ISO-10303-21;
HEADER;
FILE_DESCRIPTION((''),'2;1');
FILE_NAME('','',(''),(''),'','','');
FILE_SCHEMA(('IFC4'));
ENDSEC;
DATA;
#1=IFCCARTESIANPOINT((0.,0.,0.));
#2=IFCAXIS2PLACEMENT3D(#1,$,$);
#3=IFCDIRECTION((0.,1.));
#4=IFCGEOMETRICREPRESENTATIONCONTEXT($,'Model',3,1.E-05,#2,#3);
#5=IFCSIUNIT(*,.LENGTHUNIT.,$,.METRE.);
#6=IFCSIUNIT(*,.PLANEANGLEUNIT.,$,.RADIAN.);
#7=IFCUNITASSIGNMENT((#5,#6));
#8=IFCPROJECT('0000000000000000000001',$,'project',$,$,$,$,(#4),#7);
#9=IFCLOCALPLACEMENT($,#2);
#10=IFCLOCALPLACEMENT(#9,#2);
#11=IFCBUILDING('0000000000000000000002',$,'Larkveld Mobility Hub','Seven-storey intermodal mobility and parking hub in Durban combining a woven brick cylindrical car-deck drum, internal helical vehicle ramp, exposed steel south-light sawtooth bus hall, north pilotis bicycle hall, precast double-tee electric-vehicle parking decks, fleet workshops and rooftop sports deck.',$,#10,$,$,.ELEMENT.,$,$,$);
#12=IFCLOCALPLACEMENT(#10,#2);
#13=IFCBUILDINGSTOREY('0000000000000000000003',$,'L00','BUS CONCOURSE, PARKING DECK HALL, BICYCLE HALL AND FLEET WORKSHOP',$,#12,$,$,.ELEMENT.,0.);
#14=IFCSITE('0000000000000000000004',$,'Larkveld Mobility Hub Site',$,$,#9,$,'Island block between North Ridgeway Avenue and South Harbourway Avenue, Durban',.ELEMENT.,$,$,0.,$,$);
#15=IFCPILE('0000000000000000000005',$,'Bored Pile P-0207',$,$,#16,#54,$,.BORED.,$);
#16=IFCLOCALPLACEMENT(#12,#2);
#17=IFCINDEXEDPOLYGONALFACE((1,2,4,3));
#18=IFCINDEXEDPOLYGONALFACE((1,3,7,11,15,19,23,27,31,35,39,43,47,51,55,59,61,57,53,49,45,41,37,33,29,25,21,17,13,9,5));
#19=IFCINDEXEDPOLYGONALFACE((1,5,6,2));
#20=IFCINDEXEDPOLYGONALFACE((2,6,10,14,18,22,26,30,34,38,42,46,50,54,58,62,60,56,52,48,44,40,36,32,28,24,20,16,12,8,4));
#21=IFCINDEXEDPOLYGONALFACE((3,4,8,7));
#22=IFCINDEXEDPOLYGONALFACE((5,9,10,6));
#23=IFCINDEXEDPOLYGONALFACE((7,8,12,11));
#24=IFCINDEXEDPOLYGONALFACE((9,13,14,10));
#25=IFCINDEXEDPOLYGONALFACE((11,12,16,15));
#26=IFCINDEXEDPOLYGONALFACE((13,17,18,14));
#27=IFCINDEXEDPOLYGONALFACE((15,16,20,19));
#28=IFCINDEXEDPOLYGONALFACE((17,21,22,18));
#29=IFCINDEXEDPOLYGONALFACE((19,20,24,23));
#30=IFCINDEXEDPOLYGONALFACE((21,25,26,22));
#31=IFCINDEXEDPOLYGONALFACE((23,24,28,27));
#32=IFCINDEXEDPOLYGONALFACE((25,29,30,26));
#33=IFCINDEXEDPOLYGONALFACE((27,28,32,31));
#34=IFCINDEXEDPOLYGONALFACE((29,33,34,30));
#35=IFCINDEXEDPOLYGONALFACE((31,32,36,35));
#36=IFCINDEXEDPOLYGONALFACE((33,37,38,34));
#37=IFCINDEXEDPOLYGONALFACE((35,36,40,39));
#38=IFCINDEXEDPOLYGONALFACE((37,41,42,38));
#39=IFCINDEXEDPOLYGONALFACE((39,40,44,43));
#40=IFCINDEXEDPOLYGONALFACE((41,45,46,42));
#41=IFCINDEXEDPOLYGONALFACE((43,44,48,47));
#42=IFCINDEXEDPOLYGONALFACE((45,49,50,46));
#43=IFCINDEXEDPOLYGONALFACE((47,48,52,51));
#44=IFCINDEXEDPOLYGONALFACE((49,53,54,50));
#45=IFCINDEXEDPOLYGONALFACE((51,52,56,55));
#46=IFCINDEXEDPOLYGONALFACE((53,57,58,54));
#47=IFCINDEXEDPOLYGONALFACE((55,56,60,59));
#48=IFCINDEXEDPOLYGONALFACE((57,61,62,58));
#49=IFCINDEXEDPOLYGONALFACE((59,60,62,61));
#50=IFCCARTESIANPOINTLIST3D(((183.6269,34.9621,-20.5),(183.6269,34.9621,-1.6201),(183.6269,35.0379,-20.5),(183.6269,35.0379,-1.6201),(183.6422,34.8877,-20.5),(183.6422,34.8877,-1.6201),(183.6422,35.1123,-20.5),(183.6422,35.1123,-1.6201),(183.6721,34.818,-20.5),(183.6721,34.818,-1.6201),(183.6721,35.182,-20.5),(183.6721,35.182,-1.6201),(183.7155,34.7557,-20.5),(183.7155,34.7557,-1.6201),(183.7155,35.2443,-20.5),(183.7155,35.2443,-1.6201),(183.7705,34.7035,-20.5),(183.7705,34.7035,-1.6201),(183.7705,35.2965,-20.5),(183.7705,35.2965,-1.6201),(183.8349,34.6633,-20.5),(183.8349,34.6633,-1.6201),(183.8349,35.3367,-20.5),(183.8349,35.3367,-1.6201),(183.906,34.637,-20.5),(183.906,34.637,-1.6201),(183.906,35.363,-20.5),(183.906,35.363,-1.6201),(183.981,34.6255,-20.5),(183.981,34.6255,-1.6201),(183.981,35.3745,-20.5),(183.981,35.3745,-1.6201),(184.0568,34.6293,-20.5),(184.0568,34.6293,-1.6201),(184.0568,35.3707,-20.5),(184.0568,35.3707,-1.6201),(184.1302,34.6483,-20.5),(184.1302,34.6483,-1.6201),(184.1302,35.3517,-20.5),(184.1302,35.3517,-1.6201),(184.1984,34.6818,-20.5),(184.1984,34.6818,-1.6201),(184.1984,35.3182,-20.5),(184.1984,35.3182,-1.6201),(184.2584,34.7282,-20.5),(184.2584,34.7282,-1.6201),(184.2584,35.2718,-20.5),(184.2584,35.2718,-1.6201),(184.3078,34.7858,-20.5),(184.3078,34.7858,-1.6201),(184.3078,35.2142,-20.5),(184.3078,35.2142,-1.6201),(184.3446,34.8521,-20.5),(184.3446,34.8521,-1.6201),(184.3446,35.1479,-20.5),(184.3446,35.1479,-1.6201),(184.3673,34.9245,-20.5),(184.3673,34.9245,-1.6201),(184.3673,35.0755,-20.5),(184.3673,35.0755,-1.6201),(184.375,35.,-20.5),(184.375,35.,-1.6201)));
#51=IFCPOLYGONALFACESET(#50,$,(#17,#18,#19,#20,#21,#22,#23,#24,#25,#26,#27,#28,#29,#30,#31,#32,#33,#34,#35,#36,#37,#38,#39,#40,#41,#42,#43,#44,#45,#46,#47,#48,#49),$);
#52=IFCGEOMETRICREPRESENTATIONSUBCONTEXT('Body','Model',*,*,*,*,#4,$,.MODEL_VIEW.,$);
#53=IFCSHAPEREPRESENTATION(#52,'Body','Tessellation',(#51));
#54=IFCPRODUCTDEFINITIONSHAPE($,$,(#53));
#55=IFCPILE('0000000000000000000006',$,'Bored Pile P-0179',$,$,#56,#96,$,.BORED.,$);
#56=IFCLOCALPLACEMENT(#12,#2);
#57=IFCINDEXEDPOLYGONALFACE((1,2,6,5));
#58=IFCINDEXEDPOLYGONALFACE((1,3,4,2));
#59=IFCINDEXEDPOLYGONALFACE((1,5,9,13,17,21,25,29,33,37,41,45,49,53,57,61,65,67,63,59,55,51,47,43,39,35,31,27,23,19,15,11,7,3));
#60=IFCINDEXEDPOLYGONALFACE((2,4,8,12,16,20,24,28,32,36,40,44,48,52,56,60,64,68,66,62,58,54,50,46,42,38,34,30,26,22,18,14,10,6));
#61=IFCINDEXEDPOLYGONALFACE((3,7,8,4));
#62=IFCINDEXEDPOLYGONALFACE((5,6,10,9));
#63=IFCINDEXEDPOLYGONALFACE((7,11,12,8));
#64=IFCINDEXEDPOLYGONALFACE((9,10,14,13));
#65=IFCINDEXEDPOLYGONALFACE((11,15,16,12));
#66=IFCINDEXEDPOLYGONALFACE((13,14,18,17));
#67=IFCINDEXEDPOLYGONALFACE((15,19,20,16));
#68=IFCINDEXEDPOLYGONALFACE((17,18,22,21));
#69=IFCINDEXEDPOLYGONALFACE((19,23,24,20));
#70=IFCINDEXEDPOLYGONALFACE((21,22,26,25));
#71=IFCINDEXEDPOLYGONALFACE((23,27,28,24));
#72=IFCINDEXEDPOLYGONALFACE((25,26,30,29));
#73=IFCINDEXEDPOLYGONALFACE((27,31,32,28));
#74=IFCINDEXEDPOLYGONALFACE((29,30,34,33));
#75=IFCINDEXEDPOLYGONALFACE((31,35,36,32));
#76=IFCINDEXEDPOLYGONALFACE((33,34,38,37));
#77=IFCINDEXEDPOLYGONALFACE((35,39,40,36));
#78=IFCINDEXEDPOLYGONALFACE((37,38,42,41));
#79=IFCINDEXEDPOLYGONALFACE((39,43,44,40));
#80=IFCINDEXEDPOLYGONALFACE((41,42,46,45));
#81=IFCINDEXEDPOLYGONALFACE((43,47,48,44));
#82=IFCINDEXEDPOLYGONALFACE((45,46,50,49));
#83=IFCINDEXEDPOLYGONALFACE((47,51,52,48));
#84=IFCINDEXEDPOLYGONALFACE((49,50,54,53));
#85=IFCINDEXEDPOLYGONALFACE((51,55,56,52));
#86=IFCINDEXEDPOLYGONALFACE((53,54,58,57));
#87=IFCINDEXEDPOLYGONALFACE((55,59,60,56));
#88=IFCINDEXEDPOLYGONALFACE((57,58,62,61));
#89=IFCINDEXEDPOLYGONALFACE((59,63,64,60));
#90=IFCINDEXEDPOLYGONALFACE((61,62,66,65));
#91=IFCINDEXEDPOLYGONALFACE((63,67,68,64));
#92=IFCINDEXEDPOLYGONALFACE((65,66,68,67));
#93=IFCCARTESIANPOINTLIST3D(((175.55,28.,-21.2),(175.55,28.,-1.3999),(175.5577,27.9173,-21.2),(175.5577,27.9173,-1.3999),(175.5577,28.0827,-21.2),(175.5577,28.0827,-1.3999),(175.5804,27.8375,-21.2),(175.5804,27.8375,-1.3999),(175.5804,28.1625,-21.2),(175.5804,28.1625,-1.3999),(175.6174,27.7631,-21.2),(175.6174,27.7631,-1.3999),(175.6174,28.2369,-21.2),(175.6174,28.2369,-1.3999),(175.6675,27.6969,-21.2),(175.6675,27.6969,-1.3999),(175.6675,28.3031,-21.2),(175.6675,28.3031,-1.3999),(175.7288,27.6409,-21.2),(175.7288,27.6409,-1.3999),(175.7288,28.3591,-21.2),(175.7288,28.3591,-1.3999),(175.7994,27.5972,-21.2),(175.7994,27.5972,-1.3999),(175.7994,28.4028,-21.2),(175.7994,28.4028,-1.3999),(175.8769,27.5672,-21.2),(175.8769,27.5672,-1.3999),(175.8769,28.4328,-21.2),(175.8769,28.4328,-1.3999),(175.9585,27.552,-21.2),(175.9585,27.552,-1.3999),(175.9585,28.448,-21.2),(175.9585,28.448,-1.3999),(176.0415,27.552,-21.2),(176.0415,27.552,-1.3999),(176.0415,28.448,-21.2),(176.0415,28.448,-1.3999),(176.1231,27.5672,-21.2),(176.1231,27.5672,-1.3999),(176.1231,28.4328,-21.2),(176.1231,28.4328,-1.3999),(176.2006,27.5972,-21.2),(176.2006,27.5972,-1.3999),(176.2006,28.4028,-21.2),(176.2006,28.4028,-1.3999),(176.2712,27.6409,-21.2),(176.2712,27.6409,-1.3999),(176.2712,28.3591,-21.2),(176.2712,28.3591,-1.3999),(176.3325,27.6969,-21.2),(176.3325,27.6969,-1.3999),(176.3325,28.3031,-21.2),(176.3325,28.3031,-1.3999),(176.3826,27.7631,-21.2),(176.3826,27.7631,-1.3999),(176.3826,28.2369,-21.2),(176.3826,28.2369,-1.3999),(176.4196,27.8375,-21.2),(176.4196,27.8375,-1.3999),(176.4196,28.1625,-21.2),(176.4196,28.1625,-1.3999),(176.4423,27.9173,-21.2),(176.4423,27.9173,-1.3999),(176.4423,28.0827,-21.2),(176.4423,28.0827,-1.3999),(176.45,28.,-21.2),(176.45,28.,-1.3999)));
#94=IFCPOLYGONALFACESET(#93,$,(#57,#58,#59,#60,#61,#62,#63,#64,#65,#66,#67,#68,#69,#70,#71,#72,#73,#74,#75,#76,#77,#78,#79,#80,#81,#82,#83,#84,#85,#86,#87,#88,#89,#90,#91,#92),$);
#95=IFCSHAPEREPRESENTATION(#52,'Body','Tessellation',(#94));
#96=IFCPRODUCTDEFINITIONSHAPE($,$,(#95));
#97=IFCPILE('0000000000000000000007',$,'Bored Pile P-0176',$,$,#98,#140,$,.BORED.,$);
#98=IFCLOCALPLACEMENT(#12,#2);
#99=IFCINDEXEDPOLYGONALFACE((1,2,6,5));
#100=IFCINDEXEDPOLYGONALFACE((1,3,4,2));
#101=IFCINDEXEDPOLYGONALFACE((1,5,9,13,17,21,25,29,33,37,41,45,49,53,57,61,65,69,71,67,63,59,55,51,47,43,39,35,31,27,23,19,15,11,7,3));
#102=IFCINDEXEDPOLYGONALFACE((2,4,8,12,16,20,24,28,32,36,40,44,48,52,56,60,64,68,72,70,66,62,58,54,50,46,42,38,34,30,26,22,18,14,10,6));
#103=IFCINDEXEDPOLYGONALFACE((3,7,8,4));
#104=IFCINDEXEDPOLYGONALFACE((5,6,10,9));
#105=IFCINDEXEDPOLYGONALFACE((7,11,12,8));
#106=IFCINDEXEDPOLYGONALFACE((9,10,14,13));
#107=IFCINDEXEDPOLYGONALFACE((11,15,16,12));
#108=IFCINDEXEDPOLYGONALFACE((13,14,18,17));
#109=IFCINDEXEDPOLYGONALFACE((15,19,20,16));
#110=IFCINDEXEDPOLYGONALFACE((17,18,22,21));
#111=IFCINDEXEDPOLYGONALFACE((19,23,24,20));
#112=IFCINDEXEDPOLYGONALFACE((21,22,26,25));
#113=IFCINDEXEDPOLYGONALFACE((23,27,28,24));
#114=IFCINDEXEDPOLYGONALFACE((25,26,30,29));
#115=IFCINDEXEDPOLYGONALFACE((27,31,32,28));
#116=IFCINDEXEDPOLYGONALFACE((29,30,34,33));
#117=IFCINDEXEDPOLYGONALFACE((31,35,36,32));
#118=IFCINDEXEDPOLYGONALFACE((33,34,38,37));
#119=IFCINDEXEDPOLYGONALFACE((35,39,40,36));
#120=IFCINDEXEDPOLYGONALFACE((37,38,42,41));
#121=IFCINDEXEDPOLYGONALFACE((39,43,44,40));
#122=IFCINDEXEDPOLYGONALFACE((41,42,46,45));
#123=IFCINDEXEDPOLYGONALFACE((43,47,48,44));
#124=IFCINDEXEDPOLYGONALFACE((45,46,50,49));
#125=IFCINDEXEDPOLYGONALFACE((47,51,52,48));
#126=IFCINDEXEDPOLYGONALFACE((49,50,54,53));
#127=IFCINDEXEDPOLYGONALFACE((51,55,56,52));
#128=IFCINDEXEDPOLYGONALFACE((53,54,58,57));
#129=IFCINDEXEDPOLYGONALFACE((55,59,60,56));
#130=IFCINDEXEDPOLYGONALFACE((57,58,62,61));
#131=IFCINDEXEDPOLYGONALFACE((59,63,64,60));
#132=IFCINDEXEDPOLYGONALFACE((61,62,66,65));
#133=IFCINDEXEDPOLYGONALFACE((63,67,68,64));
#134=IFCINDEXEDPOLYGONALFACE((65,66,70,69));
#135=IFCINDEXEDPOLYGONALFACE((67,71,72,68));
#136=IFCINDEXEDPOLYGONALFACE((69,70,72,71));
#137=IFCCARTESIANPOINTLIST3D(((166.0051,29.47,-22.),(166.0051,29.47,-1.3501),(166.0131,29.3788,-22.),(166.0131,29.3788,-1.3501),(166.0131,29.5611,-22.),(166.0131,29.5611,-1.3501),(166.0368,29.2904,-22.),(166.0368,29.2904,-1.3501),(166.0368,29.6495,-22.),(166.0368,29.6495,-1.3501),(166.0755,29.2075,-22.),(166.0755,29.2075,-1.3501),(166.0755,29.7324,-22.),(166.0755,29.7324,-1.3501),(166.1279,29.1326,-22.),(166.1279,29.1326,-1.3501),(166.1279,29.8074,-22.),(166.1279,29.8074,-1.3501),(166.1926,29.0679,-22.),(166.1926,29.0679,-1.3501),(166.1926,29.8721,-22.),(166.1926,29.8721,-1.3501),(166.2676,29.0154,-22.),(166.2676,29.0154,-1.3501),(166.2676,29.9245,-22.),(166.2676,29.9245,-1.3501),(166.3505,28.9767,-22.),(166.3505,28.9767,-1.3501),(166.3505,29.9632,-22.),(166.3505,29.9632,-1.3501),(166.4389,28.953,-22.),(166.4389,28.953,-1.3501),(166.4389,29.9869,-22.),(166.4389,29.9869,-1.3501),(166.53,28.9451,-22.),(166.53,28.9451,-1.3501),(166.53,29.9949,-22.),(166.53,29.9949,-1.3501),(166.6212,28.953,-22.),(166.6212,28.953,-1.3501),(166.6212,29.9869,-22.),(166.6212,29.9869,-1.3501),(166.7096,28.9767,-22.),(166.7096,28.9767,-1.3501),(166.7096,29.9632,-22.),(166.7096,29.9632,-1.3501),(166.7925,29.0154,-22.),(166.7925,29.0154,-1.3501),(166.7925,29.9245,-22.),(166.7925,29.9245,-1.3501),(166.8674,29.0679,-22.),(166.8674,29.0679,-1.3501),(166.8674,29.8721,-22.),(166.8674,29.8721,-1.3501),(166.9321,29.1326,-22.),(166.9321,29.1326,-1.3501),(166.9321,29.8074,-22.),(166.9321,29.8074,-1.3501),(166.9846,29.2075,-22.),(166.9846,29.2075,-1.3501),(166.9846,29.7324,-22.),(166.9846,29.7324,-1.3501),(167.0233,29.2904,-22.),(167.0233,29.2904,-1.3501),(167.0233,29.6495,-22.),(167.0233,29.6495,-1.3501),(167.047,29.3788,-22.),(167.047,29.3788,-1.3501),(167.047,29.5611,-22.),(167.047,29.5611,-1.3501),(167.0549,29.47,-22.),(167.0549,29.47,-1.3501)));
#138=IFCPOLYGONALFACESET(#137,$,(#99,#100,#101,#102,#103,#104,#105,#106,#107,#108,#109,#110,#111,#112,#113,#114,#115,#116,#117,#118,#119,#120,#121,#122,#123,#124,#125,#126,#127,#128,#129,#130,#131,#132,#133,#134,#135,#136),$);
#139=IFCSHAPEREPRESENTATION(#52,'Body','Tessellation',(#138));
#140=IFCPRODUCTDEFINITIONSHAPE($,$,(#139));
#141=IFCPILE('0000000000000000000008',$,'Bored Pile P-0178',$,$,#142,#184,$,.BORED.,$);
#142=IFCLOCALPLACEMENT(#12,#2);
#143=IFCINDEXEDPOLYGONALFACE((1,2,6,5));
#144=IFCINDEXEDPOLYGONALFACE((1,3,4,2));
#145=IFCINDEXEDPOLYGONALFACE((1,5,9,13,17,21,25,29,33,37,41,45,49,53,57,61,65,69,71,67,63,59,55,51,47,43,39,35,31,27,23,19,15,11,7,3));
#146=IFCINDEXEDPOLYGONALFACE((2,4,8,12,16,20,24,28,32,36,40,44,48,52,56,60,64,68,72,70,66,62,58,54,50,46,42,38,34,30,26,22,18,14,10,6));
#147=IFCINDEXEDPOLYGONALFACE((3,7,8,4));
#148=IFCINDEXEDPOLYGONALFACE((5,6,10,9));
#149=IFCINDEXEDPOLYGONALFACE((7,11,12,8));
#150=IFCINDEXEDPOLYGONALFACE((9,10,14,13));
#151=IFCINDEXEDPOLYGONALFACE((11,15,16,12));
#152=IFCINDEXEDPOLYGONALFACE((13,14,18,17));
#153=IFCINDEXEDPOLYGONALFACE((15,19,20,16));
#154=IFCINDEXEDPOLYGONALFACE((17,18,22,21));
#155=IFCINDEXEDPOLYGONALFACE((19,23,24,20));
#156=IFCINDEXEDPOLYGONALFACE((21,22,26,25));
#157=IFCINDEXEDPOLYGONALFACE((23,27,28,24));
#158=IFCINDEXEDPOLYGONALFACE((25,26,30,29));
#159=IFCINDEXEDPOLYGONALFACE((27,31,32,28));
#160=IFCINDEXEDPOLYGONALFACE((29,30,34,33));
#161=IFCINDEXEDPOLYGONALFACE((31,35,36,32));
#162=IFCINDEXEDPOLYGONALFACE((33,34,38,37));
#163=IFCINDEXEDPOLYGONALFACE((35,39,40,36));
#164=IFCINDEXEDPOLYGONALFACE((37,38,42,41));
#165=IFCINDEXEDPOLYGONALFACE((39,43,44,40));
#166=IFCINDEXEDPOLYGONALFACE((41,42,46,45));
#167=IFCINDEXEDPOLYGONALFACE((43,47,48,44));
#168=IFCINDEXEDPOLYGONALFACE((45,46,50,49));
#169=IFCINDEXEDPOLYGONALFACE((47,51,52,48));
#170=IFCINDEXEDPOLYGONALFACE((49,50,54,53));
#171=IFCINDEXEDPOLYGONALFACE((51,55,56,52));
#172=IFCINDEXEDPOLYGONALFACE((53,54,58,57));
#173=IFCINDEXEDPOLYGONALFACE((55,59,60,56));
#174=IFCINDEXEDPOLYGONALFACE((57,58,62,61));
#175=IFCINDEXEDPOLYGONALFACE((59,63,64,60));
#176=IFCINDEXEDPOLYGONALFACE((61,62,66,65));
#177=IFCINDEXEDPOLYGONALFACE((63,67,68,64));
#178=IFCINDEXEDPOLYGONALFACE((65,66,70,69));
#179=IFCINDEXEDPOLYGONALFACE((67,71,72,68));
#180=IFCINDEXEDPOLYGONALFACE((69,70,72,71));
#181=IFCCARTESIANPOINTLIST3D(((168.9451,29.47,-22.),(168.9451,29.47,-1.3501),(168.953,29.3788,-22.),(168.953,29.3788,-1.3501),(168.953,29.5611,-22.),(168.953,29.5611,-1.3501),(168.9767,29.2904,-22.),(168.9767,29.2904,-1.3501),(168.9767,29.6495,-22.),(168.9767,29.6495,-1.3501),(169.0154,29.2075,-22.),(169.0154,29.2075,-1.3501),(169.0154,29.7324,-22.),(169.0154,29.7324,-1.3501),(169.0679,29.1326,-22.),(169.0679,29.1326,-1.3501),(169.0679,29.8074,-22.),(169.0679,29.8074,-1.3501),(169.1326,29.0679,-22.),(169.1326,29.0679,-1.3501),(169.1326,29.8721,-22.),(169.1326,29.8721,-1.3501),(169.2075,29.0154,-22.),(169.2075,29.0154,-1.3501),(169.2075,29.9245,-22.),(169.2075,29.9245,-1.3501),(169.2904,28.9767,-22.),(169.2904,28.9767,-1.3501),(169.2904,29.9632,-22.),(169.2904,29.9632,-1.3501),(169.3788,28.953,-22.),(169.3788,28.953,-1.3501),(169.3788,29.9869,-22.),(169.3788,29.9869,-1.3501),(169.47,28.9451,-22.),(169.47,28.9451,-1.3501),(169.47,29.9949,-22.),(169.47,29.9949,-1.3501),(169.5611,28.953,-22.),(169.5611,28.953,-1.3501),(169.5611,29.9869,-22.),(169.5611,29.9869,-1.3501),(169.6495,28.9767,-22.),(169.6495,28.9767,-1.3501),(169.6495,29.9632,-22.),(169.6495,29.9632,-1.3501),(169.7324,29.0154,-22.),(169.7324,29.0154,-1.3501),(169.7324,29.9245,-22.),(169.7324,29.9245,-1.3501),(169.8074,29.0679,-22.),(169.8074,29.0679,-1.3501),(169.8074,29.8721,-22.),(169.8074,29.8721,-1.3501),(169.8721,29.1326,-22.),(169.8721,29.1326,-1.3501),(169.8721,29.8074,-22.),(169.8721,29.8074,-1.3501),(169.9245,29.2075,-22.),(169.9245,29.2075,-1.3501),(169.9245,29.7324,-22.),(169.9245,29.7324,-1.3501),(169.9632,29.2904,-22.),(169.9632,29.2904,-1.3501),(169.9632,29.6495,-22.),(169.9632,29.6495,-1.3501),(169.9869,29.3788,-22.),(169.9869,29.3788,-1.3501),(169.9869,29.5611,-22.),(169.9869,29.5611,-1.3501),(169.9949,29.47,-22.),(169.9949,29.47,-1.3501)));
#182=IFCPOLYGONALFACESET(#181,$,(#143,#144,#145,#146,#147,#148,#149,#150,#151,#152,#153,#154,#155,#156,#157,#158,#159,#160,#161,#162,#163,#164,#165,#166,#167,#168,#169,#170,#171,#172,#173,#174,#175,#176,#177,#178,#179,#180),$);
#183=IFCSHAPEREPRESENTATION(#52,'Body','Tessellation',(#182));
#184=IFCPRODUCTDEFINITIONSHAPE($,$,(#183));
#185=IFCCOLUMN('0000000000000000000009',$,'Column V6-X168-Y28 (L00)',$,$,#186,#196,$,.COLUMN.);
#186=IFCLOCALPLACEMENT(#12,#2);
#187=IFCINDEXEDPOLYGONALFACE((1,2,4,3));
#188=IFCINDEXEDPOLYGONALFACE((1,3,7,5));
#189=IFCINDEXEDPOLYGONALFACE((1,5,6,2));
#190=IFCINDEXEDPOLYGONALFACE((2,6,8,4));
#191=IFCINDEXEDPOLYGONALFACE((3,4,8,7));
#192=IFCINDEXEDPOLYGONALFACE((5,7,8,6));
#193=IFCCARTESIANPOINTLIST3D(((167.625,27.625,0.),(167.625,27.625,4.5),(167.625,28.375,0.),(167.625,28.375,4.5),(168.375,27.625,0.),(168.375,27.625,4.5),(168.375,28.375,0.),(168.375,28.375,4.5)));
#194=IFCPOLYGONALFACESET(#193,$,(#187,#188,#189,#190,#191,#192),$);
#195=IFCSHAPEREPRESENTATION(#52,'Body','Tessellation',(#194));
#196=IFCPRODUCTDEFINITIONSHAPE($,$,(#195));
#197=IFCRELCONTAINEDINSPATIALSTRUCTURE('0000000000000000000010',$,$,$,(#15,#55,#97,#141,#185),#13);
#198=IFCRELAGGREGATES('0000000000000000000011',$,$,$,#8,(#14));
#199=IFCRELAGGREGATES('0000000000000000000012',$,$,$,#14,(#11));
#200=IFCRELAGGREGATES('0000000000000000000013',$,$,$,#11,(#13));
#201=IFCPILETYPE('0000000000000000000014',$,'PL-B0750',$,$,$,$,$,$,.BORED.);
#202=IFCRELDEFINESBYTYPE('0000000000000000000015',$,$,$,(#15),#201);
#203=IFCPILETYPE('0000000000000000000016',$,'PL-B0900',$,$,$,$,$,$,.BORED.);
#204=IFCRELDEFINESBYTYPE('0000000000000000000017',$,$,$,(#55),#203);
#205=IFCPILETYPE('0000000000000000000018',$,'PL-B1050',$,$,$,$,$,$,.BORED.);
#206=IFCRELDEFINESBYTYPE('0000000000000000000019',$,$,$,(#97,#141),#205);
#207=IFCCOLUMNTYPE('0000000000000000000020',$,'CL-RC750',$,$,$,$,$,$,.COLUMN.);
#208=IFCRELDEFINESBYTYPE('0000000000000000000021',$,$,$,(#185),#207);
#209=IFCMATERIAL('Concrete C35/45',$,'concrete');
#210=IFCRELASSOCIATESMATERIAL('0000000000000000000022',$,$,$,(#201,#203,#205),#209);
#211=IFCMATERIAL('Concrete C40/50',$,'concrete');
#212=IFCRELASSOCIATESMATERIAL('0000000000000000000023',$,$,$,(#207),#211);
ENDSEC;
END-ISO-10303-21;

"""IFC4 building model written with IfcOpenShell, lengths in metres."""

from ifc_helpers import new_model, si_unit, direction, frame, origin, origin_2d, place, context, subcontext, project, spatial, rectangle, circle, extrude, material, material_profile, profile_set, type_object, element, save


model = new_model("IFC4")

# Units and contexts
model_context = context("Model", 3, precision=1e-05, world=origin(), true_north=direction((0.0, 1.0)))
body_context = subcontext(model_context, "Body", "Model", "MODEL_VIEW")
ifc_project = project(units=[si_unit("LENGTHUNIT", "METRE"), si_unit("PLANEANGLEUNIT", "RADIAN")], contexts=[model_context])

# Site, building, storey
site_placement = place(None, origin())
site = spatial("IfcSite", under=ifc_project, at=site_placement, Name="Larkveld Mobility Hub Site", LongName="Island block between North Ridgeway Avenue and South Harbourway Avenue, Durban", CompositionType="ELEMENT", RefElevation=0.0)
building_placement = place(site_placement, origin())
building = spatial("IfcBuilding", under=site, at=building_placement, Name="Larkveld Mobility Hub", Description="Seven-storey intermodal mobility and parking hub in Durban combining a woven brick cylindrical car-deck drum, internal helical vehicle ramp, exposed steel south-light sawtooth bus hall, north pilotis bicycle hall, precast double-tee electric-vehicle parking decks, fleet workshops and rooftop sports deck.", CompositionType="ELEMENT")
storey_placement = place(building_placement, origin())
storey = spatial("IfcBuildingStorey", under=building, at=storey_placement, Name="L00", Description="BUS CONCOURSE, PARKING DECK HALL, BICYCLE HALL AND FLEET WORKSHOP", CompositionType="ELEMENT", Elevation=0.0)

# Shared definitions
ifc_material_1 = material(Name="Concrete C35/45", Category="concrete")

# Piles
ifc_material_profile_1 = material_profile(ifc_material_1, circle(Radius=0.375, at=origin_2d()), Name="PILE D750")
ifc_profile_set_1 = profile_set([ifc_material_profile_1], Name="Concrete C35/45")
pile_type_1 = type_object("IfcPileType", Name="PL-B0750", PredefinedType="BORED", material=ifc_profile_set_1)
pile_1_placement = place(storey_placement, frame((184.0, 35.0, -1.6201), z_axis=(0.0, 0.0, -1.0), x_axis=(1.0, 0.0, 0.0)))
element("IfcPile", 1, at=pile_1_placement, inside=storey, type_object=pile_type_1, Name="Bored Pile P-0207", PredefinedType="BORED", context=body_context, shape_type="SweptSolid", body=[
    extrude(circle(Radius=0.375, at=origin_2d()), origin(), (0.0, 0.0, 1.0), 18.8799),
])
ifc_material_profile_2 = material_profile(ifc_material_1, circle(Radius=0.45, at=origin_2d()), Name="PILE D900")
ifc_profile_set_2 = profile_set([ifc_material_profile_2], Name="Concrete C35/45")
pile_type_2 = type_object("IfcPileType", Name="PL-B0900", PredefinedType="BORED", material=ifc_profile_set_2)
pile_2_placement = place(storey_placement, frame((176.0, 28.0, -1.3999), z_axis=(0.0, 0.0, -1.0), x_axis=(1.0, 0.0, 0.0)))
element("IfcPile", 2, at=pile_2_placement, inside=storey, type_object=pile_type_2, Name="Bored Pile P-0179", PredefinedType="BORED", context=body_context, shape_type="SweptSolid", body=[
    extrude(circle(Radius=0.45, at=origin_2d()), origin(), (0.0, 0.0, 1.0), 19.8),
])
ifc_material_profile_3 = material_profile(ifc_material_1, circle(Radius=0.5249, at=origin_2d()), Name="PILE D1050")
ifc_profile_set_3 = profile_set([ifc_material_profile_3], Name="Concrete C35/45")
pile_type_3 = type_object("IfcPileType", Name="PL-B1050", PredefinedType="BORED", material=ifc_profile_set_3)
for number, where, z_axis, x_axis, name in (
    (3, (166.53, 29.47, -1.3501), (0.0, 0.0, -1.0), (1.0, 0.0, 0.0), "Bored Pile P-0176"),
    (4, (169.47, 29.47, -1.3501), (0.0, 0.0, -1.0), (1.0, 0.0, 0.0), "Bored Pile P-0178"),
):
    element("IfcPile", number, at=place(storey_placement, frame(where, z_axis=z_axis, x_axis=x_axis)), inside=storey, type_object=pile_type_3, Name=name, PredefinedType="BORED", context=body_context, shape_type="SweptSolid", body=[
        extrude(circle(Radius=0.5249, at=origin_2d()), origin(), (0.0, 0.0, 1.0), 20.6499),
    ])

# Column
ifc_material_2 = material(Name="Concrete C40/50", Category="concrete")
ifc_material_profile_4 = material_profile(ifc_material_2, rectangle(XDim=0.75, YDim=0.75, at=origin_2d()), Name="RC COL 750x750")
ifc_profile_set_4 = profile_set([ifc_material_profile_4], Name="Concrete C40/50")
column_type_1 = type_object("IfcColumnType", Name="CL-RC750", PredefinedType="COLUMN", material=ifc_profile_set_4)
for number, where, z_axis, x_axis, name in (
    (5, (168.0, 28.0, 0.0), (0.0, 0.0, 1.0), (1.0, 0.0, 0.0), "Column V6-X168-Y28 (L00)"),
):
    element("IfcColumn", number, at=place(storey_placement, frame(where, z_axis=z_axis, x_axis=x_axis)), inside=storey, type_object=column_type_1, Name=name, PredefinedType="COLUMN", context=body_context, shape_type="SweptSolid", body=[
        extrude(rectangle(XDim=0.75, YDim=0.75, at=origin_2d()), origin(), (0.0, 0.0, 1.0), 4.5),
    ])

save(model, "model.ifc")
